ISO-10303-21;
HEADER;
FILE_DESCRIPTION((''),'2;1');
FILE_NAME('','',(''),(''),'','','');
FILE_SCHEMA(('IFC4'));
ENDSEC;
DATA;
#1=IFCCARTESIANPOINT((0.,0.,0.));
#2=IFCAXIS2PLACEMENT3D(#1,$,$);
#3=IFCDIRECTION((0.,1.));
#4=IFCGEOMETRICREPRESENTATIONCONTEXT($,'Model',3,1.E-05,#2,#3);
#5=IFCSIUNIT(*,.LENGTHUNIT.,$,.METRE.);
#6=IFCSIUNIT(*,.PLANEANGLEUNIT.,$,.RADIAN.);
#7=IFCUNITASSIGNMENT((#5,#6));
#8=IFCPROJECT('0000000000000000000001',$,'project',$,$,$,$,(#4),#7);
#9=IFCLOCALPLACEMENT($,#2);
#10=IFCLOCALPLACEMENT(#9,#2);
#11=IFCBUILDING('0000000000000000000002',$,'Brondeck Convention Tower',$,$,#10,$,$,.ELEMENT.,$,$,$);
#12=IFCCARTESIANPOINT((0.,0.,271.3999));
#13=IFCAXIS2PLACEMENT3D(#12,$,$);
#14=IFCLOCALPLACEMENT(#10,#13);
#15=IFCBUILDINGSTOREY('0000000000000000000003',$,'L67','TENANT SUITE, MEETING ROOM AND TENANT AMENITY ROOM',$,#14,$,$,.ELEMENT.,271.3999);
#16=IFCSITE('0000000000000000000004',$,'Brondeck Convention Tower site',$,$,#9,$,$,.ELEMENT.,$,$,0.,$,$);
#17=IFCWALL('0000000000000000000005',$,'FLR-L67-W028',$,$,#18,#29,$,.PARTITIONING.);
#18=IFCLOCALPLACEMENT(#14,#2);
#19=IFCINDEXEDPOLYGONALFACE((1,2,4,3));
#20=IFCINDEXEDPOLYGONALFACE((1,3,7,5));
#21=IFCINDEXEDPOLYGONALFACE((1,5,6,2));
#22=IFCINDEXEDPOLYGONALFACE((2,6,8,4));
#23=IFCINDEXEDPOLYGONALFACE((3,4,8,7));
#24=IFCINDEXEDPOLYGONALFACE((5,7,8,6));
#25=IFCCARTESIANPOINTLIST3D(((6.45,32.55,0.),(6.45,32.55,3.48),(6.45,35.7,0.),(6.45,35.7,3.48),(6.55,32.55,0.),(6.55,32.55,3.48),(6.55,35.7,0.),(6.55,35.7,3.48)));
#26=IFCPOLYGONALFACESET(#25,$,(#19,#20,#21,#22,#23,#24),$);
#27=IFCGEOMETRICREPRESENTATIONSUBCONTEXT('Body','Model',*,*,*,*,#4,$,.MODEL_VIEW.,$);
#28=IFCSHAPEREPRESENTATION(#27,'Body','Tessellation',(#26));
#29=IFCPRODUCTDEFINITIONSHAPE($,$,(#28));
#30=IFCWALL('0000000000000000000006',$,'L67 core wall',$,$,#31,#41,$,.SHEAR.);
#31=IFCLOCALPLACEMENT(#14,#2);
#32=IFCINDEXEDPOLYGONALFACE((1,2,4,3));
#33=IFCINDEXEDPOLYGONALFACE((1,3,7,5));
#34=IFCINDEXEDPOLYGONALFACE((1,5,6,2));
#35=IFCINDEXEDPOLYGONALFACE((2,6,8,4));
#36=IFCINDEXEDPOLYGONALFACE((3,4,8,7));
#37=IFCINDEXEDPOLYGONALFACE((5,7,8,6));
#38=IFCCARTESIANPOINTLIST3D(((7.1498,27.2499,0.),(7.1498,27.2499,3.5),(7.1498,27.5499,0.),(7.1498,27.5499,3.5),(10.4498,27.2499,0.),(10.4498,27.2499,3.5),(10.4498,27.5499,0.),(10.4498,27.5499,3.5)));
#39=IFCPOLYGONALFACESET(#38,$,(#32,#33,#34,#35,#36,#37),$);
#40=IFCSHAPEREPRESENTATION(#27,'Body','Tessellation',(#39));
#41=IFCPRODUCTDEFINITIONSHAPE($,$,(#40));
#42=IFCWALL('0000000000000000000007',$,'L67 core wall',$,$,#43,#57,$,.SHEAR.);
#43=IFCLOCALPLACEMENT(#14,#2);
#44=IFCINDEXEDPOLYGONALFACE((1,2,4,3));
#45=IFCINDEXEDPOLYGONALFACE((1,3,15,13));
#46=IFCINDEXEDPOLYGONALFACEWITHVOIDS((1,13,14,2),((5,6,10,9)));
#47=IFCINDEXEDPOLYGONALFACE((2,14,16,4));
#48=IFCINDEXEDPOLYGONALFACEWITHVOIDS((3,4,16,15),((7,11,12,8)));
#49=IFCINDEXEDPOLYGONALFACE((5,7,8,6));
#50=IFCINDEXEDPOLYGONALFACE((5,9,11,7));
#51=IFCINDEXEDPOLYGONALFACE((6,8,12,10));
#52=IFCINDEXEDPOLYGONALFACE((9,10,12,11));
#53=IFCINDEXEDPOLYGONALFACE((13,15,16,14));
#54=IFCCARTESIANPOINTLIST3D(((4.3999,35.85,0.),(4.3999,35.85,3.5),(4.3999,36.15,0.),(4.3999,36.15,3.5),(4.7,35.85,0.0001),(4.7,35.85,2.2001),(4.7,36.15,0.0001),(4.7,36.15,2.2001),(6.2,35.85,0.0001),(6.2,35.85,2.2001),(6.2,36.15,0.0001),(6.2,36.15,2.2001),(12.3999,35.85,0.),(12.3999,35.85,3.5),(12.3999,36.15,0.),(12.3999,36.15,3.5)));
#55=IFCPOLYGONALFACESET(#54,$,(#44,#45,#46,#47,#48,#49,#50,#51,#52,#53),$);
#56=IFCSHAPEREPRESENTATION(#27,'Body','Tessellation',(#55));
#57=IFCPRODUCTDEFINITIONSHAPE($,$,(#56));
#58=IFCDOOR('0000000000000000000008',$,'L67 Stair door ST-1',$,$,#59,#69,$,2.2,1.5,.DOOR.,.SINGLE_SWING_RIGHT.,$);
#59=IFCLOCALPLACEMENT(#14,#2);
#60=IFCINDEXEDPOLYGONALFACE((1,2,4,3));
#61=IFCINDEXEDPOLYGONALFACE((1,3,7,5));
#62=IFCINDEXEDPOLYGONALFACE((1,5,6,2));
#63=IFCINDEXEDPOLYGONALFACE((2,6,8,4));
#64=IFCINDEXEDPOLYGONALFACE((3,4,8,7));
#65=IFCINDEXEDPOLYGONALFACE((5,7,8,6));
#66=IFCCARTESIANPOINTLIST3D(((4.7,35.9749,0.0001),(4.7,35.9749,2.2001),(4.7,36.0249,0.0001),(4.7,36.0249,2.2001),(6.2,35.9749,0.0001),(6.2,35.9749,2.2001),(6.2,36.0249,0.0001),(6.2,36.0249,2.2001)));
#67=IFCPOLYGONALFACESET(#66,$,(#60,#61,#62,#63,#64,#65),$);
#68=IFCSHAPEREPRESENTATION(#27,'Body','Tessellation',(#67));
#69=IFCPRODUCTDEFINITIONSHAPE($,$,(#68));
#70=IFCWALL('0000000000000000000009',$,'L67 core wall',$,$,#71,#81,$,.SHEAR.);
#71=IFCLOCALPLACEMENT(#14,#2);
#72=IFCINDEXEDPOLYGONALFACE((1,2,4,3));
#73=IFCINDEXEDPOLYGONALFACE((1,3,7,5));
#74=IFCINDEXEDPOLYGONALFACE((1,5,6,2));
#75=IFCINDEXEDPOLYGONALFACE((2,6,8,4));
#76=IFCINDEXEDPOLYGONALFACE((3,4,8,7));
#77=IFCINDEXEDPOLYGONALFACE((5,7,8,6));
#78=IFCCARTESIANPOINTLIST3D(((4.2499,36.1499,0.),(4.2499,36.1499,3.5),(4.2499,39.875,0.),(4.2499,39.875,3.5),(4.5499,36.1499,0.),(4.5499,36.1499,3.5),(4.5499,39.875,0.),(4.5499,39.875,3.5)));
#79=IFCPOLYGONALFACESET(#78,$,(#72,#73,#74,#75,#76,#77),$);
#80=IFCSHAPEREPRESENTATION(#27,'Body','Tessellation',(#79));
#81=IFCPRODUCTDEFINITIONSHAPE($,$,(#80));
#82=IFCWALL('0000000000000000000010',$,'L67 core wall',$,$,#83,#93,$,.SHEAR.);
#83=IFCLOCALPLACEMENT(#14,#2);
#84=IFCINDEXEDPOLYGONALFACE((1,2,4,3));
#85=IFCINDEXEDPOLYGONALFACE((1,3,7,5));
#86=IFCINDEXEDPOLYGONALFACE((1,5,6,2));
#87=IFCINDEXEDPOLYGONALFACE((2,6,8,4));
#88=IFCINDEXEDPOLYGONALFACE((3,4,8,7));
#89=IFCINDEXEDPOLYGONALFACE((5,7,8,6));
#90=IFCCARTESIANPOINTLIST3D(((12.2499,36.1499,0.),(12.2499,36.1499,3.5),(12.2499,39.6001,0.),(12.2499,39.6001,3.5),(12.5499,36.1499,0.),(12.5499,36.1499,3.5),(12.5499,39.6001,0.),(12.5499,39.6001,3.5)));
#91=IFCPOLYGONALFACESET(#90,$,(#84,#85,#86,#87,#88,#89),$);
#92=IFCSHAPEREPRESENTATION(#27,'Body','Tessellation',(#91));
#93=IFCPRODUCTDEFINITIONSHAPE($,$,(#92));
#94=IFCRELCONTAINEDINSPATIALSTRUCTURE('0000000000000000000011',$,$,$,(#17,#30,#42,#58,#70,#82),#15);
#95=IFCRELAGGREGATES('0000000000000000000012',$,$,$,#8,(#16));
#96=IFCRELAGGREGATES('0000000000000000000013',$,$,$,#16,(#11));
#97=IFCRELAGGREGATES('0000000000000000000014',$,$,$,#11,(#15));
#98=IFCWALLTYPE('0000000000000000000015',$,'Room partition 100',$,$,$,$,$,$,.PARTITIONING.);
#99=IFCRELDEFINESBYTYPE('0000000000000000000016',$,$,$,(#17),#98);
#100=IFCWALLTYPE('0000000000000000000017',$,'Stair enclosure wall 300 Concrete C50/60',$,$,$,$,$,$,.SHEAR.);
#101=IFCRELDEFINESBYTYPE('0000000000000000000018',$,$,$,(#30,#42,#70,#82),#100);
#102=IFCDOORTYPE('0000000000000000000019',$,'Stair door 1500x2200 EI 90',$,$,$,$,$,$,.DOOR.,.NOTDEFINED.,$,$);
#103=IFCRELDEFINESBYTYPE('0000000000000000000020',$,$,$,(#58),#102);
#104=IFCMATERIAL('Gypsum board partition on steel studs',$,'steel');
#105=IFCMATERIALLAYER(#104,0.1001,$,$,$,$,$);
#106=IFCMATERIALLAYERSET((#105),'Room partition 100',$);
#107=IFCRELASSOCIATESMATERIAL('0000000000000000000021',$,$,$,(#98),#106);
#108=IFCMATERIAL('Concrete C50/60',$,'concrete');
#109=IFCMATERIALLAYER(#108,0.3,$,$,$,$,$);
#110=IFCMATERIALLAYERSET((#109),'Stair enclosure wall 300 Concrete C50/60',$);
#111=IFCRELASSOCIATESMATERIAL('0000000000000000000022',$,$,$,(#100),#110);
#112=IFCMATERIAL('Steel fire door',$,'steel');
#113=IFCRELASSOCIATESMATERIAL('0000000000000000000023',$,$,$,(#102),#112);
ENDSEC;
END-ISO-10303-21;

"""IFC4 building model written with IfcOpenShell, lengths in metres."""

from ifc_helpers import new_model, si_unit, direction, frame, frame_2d, origin, place, context, subcontext, project, spatial, rectangle, extrude, material, layer, layer_set, type_object, element, fill, save


model = new_model("IFC4")

# Units and contexts
model_context = context("Model", 3, precision=1e-05, world=origin(), true_north=direction((0.0, 1.0)))
body_context = subcontext(model_context, "Body", "Model", "MODEL_VIEW")
ifc_project = project(units=[si_unit("LENGTHUNIT", "METRE"), si_unit("PLANEANGLEUNIT", "RADIAN")], contexts=[model_context])

# Site, building, storey
site_placement = place(None, origin())
site = spatial("IfcSite", under=ifc_project, at=site_placement, Name="Brondeck Convention Tower site", CompositionType="ELEMENT", RefElevation=0.0)
building_placement = place(site_placement, origin())
building = spatial("IfcBuilding", under=site, at=building_placement, Name="Brondeck Convention Tower", CompositionType="ELEMENT")
storey_placement = place(building_placement, frame((0.0, 0.0, 271.3999)))
storey = spatial("IfcBuildingStorey", under=building, at=storey_placement, Name="L67", Description="TENANT SUITE, MEETING ROOM AND TENANT AMENITY ROOM", CompositionType="ELEMENT", Elevation=271.3999)

# Shared definitions
ifc_material_1 = material(Name="Concrete C50/60", Category="concrete")

# Shared definitions
ifc_material_2 = material(Name="Steel fire door", Category="steel")

# Shared definitions
ifc_material_3 = material(Name="Gypsum board partition on steel studs", Category="steel")
ifc_layer_1 = layer(ifc_material_3, 0.1001)
ifc_layer_set_1 = layer_set([ifc_layer_1], Name="Room partition 100")
wall_type_1 = type_object("IfcWallType", Name="Room partition 100", PredefinedType="PARTITIONING", material=ifc_layer_set_1)

# Walls
wall_1_placement = place(storey_placement, frame((6.5, 32.55, 0.0), z_axis=(0.0, 0.0, 1.0), x_axis=(0.0, 1.0, 0.0)))
element("IfcWall", 1, at=wall_1_placement, inside=storey, type_object=wall_type_1, Name="FLR-L67-W028", PredefinedType="PARTITIONING", context=body_context, shape_type="SweptSolid", body=[
    extrude(rectangle(XDim=3.1499, YDim=0.1001, at=frame_2d((1.575, 0.0))), origin(), (0.0, 0.0, 1.0), 3.48),
])
ifc_layer_2 = layer(ifc_material_1, 0.3)
ifc_layer_set_2 = layer_set([ifc_layer_2], Name="Stair enclosure wall 300 Concrete C50/60")
wall_type_2 = type_object("IfcWallType", Name="Stair enclosure wall 300 Concrete C50/60", PredefinedType="SHEAR", material=ifc_layer_set_2)
wall_2_placement = place(storey_placement, frame((7.1499, 27.3999, 0.0), z_axis=(0.0, 0.0, 1.0), x_axis=(1.0, 0.0, 0.0)))
element("IfcWall", 2, at=wall_2_placement, inside=storey, type_object=wall_type_2, Name="L67 core wall", PredefinedType="SHEAR", context=body_context, shape_type="SweptSolid", body=[
    extrude(rectangle(XDim=3.3, YDim=0.3, at=frame_2d((1.6499, 0.0))), origin(), (0.0, 0.0, 1.0), 3.5),
])

# Wall, opening, door
wall_3_placement = place(storey_placement, frame((4.3999, 36.0, 0.0), z_axis=(0.0, 0.0, 1.0), x_axis=(1.0, 0.0, 0.0)))
wall_3 = element("IfcWall", 3, at=wall_3_placement, inside=storey, type_object=wall_type_2, Name="L67 core wall", PredefinedType="SHEAR", context=body_context, shape_type="SweptSolid", body=[
    extrude(rectangle(XDim=8.0, YDim=0.3, at=frame_2d((4.0, 0.0))), origin(), (0.0, 0.0, 1.0), 3.5),
])
opening_1_placement = place(wall_3_placement, frame((0.3, 0.0, 0.0)))
opening_1 = element("IfcOpeningElement", 4, at=opening_1_placement, cuts=wall_3, PredefinedType="OPENING", context=body_context, shape_type="SweptSolid", body=[
    extrude(rectangle(XDim=1.5, YDim=2.2, at=frame_2d((0.75, 1.1001))), frame((0.0, 0.1599, 0.0), z_axis=(0.0, -1.0, 0.0), x_axis=(1.0, 0.0, 0.0)), (0.0, 0.0, 1.0), 0.3201),
])
door_type_1 = type_object("IfcDoorType", Name="Stair door 1500x2200 EI 90", OperationType="NOTDEFINED", PredefinedType="DOOR", material=ifc_material_2)
door_1_placement = place(opening_1_placement, origin())
door_1 = element("IfcDoor", 5, at=door_1_placement, inside=storey, type_object=door_type_1, Name="L67 Stair door ST-1", OperationType="SINGLE_SWING_RIGHT", OverallHeight=2.2, OverallWidth=1.5, PredefinedType="DOOR", context=body_context, shape_type="SweptSolid", body=[
    extrude(rectangle(XDim=1.5, YDim=2.2, at=frame_2d((0.75, 1.1001))), frame((0.0, 0.0249, 0.0), z_axis=(0.0, -1.0, 0.0), x_axis=(1.0, 0.0, 0.0)), (0.0, 0.0, 1.0), 0.05),
])
fill(opening_1, door_1)

# Walls
wall_4_placement = place(storey_placement, frame((4.3999, 36.1499, 0.0), z_axis=(0.0, 0.0, 1.0), x_axis=(0.0, 1.0, 0.0)))
element("IfcWall", 6, at=wall_4_placement, inside=storey, type_object=wall_type_2, Name="L67 core wall", PredefinedType="SHEAR", context=body_context, shape_type="SweptSolid", body=[
    extrude(rectangle(XDim=3.7251, YDim=0.3, at=frame_2d((1.8625, 0.0))), origin(), (0.0, 0.0, 1.0), 3.5),
])
wall_5_placement = place(storey_placement, frame((12.3999, 36.1499, 0.0), z_axis=(0.0, 0.0, 1.0), x_axis=(0.0, 1.0, 0.0)))
element("IfcWall", 7, at=wall_5_placement, inside=storey, type_object=wall_type_2, Name="L67 core wall", PredefinedType="SHEAR", context=body_context, shape_type="SweptSolid", body=[
    extrude(rectangle(XDim=3.4502, YDim=0.3, at=frame_2d((1.7251, 0.0))), origin(), (0.0, 0.0, 1.0), 3.5),
])

save(model, "model.ifc")
